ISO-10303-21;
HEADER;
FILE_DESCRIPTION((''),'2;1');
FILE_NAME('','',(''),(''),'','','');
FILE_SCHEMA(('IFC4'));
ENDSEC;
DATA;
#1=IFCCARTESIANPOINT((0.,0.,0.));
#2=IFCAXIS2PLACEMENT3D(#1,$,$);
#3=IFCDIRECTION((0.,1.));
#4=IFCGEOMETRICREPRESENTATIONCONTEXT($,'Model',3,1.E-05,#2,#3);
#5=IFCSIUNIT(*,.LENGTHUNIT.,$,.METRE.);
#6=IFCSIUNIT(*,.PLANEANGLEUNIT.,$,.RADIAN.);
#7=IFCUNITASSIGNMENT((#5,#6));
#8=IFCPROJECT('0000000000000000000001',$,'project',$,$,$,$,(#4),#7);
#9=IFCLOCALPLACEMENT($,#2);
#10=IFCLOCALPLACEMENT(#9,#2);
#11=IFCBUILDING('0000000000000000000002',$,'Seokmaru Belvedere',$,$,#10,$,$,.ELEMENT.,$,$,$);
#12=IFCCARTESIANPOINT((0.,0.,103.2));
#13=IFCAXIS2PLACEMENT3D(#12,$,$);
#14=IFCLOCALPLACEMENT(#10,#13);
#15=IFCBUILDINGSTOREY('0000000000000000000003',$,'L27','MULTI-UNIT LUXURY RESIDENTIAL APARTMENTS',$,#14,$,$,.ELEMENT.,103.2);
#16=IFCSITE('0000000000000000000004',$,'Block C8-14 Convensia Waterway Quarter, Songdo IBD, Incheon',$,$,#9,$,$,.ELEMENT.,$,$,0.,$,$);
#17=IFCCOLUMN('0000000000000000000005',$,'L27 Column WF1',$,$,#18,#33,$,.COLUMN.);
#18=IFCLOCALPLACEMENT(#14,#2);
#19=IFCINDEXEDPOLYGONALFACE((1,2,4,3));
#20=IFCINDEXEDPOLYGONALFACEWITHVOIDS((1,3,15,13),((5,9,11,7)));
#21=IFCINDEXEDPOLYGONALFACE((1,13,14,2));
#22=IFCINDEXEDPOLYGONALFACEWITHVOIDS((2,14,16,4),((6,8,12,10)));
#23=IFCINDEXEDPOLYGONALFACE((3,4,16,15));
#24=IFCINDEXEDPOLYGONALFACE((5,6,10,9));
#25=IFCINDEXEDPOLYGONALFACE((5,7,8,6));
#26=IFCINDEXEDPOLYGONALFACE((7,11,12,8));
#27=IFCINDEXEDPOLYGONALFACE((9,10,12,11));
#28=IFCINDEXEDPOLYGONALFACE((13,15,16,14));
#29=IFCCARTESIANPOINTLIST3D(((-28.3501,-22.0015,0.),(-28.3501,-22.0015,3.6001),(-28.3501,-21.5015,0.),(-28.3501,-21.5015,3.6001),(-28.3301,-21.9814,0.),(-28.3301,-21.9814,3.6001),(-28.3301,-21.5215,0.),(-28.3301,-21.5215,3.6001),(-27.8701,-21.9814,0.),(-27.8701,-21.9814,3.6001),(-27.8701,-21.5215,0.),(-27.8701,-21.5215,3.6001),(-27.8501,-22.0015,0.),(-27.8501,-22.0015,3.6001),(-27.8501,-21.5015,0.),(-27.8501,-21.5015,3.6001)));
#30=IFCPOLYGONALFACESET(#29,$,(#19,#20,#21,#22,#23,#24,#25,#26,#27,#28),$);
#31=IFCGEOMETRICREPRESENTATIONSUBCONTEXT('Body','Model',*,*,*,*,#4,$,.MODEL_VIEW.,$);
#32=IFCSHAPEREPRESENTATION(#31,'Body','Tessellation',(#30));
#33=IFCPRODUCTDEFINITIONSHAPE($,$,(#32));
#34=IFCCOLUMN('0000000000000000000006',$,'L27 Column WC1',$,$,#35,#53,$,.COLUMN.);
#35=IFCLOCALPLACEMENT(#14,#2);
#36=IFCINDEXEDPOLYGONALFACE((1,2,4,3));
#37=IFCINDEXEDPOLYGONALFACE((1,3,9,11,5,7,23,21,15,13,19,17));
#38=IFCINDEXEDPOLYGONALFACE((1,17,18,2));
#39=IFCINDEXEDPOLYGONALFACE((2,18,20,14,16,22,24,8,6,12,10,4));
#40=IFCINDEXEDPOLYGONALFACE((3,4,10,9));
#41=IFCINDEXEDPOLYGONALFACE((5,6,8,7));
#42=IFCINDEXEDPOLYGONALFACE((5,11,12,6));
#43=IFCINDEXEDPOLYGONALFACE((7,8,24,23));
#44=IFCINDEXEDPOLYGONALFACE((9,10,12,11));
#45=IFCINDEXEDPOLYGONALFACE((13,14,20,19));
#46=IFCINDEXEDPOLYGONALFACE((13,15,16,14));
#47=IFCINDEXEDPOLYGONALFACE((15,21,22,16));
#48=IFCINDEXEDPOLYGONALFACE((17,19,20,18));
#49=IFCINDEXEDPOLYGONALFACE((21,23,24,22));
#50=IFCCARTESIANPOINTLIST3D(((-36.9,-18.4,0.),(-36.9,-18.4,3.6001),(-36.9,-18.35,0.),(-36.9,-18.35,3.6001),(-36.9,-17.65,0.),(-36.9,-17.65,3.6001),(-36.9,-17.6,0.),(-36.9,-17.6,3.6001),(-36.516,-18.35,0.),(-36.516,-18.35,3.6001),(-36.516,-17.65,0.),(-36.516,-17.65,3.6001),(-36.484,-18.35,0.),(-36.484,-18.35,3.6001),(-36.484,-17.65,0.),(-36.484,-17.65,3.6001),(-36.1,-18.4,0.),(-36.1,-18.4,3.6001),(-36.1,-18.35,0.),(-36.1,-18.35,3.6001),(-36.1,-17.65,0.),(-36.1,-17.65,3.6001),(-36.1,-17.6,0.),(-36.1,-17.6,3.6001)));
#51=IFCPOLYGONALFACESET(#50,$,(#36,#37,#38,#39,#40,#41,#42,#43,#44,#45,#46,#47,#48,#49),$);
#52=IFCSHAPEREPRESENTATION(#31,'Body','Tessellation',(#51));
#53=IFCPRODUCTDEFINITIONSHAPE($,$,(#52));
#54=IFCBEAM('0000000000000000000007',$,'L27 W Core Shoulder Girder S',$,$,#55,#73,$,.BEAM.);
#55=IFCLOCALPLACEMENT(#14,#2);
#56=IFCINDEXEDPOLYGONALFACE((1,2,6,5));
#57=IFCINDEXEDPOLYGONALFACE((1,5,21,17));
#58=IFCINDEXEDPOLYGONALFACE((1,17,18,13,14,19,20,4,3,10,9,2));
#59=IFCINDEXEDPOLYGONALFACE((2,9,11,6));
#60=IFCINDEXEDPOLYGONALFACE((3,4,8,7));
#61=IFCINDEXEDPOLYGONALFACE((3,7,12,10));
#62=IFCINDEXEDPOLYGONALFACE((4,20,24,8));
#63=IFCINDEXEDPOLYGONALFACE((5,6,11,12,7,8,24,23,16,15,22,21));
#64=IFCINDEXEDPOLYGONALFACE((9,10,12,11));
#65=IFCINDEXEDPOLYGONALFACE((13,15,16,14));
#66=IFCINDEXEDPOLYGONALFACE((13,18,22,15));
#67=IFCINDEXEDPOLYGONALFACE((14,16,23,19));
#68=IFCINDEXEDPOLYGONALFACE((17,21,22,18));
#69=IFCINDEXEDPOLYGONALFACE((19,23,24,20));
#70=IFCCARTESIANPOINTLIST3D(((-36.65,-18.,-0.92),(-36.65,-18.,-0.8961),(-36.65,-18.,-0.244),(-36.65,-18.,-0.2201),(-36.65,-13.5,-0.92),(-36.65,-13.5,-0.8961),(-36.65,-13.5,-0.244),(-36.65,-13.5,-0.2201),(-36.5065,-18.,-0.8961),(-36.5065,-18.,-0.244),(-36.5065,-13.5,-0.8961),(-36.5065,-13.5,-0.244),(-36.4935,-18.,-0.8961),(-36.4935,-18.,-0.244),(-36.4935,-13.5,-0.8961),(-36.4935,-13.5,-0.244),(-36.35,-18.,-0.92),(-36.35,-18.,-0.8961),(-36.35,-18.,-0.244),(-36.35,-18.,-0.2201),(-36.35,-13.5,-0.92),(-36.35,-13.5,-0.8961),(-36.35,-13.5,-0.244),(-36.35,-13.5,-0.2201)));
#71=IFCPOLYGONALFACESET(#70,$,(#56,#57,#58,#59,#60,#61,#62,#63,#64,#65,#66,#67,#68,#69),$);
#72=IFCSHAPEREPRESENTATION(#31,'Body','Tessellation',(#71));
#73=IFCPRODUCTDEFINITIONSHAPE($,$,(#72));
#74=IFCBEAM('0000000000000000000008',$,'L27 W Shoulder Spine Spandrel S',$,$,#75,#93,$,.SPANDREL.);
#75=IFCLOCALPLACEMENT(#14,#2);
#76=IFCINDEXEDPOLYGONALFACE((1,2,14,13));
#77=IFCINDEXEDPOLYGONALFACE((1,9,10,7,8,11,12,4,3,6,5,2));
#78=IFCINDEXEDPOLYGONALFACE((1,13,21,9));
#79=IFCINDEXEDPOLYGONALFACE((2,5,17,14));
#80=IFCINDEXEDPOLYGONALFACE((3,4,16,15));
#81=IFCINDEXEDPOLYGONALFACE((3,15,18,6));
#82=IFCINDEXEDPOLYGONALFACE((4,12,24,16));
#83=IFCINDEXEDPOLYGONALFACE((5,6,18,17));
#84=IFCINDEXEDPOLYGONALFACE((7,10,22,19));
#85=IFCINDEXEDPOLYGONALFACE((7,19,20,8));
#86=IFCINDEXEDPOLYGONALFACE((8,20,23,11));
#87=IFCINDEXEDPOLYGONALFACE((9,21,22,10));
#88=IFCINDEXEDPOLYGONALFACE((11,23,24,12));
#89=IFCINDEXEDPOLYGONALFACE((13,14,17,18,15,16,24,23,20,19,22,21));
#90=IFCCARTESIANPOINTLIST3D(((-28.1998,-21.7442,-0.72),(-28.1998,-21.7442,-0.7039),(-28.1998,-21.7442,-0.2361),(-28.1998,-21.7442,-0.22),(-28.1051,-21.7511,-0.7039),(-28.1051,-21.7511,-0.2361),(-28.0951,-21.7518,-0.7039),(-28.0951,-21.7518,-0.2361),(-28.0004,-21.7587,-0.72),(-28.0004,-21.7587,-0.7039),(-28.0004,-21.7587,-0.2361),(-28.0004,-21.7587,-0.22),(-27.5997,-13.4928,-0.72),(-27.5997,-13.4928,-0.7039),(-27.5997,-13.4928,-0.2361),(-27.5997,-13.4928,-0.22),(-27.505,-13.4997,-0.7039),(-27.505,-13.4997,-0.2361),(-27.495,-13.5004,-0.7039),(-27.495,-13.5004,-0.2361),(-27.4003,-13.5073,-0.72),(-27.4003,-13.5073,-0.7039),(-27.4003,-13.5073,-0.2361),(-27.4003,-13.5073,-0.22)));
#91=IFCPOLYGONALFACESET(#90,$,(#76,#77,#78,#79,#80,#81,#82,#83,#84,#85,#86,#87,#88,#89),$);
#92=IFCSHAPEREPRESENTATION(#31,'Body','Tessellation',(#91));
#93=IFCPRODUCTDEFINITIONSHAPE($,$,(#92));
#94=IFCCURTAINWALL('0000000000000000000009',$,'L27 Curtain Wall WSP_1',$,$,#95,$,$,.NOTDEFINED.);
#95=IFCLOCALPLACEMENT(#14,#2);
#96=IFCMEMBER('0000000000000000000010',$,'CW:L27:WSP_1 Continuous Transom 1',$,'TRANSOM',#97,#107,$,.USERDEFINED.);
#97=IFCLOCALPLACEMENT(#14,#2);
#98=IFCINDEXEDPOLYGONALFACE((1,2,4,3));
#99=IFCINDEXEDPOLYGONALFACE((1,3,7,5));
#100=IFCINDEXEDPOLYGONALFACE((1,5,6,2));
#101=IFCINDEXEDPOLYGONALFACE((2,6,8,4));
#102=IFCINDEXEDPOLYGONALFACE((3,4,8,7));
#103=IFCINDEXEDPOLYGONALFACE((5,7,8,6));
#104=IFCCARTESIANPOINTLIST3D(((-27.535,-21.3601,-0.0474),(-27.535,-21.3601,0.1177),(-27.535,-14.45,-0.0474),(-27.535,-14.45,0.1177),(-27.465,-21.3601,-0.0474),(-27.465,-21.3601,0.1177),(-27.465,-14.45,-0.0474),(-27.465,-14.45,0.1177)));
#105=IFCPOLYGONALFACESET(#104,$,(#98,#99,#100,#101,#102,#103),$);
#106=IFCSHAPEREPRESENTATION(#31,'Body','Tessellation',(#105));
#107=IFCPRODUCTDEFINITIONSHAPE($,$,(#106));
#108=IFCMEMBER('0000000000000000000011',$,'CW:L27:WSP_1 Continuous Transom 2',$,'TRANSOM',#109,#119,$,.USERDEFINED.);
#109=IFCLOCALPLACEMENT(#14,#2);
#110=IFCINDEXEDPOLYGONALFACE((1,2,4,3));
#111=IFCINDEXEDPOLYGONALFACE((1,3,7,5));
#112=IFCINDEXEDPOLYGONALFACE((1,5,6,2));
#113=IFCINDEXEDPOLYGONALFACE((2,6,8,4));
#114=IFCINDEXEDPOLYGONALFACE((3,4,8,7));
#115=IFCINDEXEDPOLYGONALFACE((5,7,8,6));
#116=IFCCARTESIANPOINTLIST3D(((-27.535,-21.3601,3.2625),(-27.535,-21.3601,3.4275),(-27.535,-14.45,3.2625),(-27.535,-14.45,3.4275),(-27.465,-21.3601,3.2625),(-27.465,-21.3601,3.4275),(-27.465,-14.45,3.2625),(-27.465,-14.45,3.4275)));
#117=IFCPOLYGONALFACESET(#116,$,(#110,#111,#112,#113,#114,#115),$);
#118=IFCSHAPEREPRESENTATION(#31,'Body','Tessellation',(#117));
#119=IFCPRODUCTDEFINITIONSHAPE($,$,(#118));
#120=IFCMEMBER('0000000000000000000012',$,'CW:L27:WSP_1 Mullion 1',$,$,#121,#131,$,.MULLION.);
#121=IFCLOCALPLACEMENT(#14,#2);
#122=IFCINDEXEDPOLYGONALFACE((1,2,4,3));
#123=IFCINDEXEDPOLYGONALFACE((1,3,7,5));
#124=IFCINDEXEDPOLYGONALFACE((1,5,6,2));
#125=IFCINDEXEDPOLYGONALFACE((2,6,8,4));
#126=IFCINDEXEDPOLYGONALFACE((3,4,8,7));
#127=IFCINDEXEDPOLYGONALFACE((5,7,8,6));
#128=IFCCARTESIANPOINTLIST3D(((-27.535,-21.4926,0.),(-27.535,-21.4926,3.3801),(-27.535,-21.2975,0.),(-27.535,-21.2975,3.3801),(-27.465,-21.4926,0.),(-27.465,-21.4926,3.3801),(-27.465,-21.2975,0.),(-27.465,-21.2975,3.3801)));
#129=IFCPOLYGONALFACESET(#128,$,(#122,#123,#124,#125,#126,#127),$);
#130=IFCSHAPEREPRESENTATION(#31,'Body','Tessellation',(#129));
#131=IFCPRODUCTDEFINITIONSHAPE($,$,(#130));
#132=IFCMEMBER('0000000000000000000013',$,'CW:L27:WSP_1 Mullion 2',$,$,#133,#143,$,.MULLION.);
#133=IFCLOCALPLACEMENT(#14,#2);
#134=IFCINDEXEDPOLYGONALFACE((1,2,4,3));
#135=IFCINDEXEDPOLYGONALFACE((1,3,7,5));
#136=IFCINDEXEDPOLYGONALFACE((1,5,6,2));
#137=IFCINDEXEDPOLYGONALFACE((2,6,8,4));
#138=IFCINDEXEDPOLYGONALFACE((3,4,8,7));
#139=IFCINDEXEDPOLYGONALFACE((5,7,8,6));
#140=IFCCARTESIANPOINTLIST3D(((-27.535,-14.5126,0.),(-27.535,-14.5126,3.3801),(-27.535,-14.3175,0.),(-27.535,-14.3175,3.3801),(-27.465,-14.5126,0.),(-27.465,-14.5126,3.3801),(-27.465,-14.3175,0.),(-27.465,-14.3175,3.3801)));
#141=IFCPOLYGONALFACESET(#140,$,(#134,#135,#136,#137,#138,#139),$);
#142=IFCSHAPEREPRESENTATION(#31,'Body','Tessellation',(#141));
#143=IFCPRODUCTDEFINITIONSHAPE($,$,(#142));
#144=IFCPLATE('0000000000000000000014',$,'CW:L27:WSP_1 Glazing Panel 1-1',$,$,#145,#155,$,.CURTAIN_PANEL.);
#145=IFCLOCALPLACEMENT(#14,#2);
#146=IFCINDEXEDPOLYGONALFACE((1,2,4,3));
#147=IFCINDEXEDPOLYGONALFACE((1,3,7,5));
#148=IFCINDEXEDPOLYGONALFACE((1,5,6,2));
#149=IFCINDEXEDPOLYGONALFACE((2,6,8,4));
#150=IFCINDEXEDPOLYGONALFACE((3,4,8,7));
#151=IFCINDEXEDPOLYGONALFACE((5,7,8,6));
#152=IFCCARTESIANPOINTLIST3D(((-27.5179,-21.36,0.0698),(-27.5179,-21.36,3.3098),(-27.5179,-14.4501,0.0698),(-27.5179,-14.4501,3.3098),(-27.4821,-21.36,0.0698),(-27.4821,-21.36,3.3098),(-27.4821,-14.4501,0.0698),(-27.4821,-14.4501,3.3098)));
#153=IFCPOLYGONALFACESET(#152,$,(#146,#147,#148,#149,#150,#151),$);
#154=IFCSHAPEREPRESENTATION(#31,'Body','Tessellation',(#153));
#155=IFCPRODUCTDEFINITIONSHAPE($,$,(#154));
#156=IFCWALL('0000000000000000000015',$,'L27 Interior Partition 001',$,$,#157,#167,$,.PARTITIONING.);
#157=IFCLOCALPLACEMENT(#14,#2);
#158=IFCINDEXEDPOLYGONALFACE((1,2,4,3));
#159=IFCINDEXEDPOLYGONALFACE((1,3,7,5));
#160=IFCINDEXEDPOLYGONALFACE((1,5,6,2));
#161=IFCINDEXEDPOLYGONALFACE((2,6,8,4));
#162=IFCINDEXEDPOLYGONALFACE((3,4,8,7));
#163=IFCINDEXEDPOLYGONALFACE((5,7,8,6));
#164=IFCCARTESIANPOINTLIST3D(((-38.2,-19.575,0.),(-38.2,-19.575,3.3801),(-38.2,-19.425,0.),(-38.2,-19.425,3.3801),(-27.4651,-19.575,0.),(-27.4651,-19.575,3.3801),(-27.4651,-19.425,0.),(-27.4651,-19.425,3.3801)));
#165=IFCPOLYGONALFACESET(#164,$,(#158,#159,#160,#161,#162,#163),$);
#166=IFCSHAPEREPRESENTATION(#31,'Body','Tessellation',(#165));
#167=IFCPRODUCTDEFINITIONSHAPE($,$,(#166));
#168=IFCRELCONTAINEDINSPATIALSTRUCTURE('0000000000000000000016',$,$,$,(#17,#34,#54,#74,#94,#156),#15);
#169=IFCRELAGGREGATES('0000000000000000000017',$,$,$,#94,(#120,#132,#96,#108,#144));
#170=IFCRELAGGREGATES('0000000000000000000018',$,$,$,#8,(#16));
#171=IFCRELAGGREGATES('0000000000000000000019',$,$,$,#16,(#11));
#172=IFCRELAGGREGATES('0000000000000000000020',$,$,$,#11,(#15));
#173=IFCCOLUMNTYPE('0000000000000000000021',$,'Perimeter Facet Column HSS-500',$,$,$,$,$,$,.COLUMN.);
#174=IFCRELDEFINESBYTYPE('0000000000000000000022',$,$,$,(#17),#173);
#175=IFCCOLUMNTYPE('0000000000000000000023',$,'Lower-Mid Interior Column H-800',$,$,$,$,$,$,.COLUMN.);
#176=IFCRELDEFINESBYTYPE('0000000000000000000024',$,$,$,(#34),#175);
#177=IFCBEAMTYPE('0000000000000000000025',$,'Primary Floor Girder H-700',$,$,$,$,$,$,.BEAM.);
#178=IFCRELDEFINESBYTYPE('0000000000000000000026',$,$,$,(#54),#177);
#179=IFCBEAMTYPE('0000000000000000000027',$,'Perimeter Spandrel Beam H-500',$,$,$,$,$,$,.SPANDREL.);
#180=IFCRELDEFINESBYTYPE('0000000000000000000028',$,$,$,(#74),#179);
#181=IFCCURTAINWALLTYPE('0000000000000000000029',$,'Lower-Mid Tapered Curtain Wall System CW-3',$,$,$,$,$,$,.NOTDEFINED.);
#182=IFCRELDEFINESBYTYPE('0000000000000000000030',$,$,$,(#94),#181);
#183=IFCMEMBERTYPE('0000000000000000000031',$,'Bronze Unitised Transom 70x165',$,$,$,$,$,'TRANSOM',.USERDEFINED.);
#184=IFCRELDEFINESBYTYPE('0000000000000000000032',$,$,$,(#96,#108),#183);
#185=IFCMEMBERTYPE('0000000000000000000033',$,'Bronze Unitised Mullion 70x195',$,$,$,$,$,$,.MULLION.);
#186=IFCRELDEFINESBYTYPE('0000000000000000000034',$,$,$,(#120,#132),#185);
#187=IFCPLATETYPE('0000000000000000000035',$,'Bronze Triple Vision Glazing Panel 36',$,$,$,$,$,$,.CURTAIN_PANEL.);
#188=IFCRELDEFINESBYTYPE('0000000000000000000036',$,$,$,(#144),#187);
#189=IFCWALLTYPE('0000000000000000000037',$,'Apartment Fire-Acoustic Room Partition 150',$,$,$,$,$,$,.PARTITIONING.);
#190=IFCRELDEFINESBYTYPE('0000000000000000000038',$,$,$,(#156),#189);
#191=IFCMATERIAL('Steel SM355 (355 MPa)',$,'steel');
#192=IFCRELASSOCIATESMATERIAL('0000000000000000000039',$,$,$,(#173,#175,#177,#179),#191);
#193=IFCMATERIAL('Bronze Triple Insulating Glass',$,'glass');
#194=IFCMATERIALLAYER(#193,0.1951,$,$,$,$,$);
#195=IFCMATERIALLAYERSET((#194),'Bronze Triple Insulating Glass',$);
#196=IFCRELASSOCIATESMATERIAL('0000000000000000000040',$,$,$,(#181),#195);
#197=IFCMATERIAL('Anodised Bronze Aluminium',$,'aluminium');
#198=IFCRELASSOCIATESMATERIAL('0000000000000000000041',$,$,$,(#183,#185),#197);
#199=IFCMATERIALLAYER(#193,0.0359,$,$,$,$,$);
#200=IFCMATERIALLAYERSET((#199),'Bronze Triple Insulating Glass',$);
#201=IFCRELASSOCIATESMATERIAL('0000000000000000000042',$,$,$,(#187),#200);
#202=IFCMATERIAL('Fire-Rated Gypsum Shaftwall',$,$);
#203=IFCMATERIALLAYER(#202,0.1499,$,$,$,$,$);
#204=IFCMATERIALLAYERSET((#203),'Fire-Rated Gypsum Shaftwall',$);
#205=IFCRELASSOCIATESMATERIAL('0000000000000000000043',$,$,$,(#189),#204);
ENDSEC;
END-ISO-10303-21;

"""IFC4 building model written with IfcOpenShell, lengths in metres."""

from ifc_helpers import new_model, si_unit, direction, frame, frame_2d, origin, origin_2d, place, context, subcontext, project, spatial, rectangle, hollow_rectangle, i_section, extrude, source, transform, mapped, material, layer, layer_set, material_profile, profile_set, type_object, type_shapes, element, aggregate, save


model = new_model("IFC4")

# Units and contexts
model_context = context("Model", 3, precision=1e-05, world=origin(), true_north=direction((0.0, 1.0)))
body_context = subcontext(model_context, "Body", "Model", "MODEL_VIEW")
ifc_project = project(units=[si_unit("LENGTHUNIT", "METRE"), si_unit("PLANEANGLEUNIT", "RADIAN")], contexts=[model_context])

# Site, building, storey
site_placement = place(None, origin())
site = spatial("IfcSite", under=ifc_project, at=site_placement, Name="Block C8-14 Convensia Waterway Quarter, Songdo IBD, Incheon", CompositionType="ELEMENT", RefElevation=0.0)
building_placement = place(site_placement, origin())
building = spatial("IfcBuilding", under=site, at=building_placement, Name="Seokmaru Belvedere", CompositionType="ELEMENT")
storey_placement = place(building_placement, frame((0.0, 0.0, 103.2)))
storey = spatial("IfcBuildingStorey", under=building, at=storey_placement, Name="L27", Description="MULTI-UNIT LUXURY RESIDENTIAL APARTMENTS", CompositionType="ELEMENT", Elevation=103.2)

# Columns
ifc_material_1 = material(Name="Steel SM355 (355 MPa)", Category="steel")
ifc_material_profile_1 = material_profile(ifc_material_1, hollow_rectangle(XDim=0.5, YDim=0.5, WallThickness=0.02, at=origin_2d()), Name="HSS-500x500x20")
ifc_profile_set_1 = profile_set([ifc_material_profile_1], Name="Steel SM355 (355 MPa)")
column_type_1 = type_object("IfcColumnType", Name="Perimeter Facet Column HSS-500", PredefinedType="COLUMN", material=ifc_profile_set_1)
shared_shape_1 = source(origin(), body_context, "Body", "SweptSolid", [
    extrude(hollow_rectangle(XDim=0.5, YDim=0.5, WallThickness=0.02, at=origin_2d()), origin(), (0.0, 0.0, 1.0), 3.6001),
])
type_shapes(column_type_1, [shared_shape_1])
column_1_placement = place(storey_placement, frame((-28.1001, -21.7515, 0.0), z_axis=(0.0, 0.0, 1.0), x_axis=(1.0, 0.0, 0.0)))
element("IfcColumn", 1, at=column_1_placement, inside=storey, type_object=column_type_1, Name="L27 Column WF1", PredefinedType="COLUMN", context=body_context, shape_type="MappedRepresentation", body=[
    mapped(shared_shape_1, transform((0.0, 0.0, 0.0), scale=1.0)),
])
ifc_material_profile_2 = material_profile(ifc_material_1, i_section(OverallWidth=0.8, OverallDepth=0.8, WebThickness=0.032, FlangeThickness=0.05, at=origin_2d()), Name="H-800x800x32x50")
ifc_profile_set_2 = profile_set([ifc_material_profile_2], Name="Steel SM355 (355 MPa)")
column_type_2 = type_object("IfcColumnType", Name="Lower-Mid Interior Column H-800", PredefinedType="COLUMN", material=ifc_profile_set_2)
shared_shape_2 = source(origin(), body_context, "Body", "SweptSolid", [
    extrude(i_section(OverallWidth=0.8, OverallDepth=0.8, WebThickness=0.032, FlangeThickness=0.05, at=origin_2d()), origin(), (0.0, 0.0, 1.0), 3.6001),
])
type_shapes(column_type_2, [shared_shape_2])
column_2_placement = place(storey_placement, frame((-36.5, -18.0, 0.0), z_axis=(0.0, 0.0, 1.0), x_axis=(1.0, 0.0, 0.0)))
element("IfcColumn", 2, at=column_2_placement, inside=storey, type_object=column_type_2, Name="L27 Column WC1", PredefinedType="COLUMN", context=body_context, shape_type="MappedRepresentation", body=[
    mapped(shared_shape_2, transform((0.0, 0.0, 0.0), scale=1.0)),
])

# Beams
ifc_material_profile_3 = material_profile(ifc_material_1, i_section(OverallWidth=0.3, OverallDepth=0.7, WebThickness=0.0129, FlangeThickness=0.0239, at=origin_2d()), Name="H-700x300x13x24")
ifc_profile_set_3 = profile_set([ifc_material_profile_3], Name="Steel SM355 (355 MPa)")
beam_type_1 = type_object("IfcBeamType", Name="Primary Floor Girder H-700", PredefinedType="BEAM", material=ifc_profile_set_3)
shared_shape_3 = source(origin(), body_context, "Body", "SweptSolid", [
    extrude(i_section(OverallWidth=0.3, OverallDepth=0.7, WebThickness=0.0129, FlangeThickness=0.0239, at=origin_2d()), origin(), (0.0, 0.0, 1.0), 4.5),
])
type_shapes(beam_type_1, [shared_shape_3])
beam_1_placement = place(storey_placement, frame((-36.5, -18.0, -0.5701), z_axis=(0.0, 1.0, 0.0), x_axis=(-1.0, 0.0, 0.0)))
element("IfcBeam", 3, at=beam_1_placement, inside=storey, type_object=beam_type_1, Name="L27 W Core Shoulder Girder S", PredefinedType="BEAM", context=body_context, shape_type="MappedRepresentation", body=[
    mapped(shared_shape_3, transform((0.0, 0.0, 0.0), scale=1.0)),
])
ifc_material_profile_4 = material_profile(ifc_material_1, i_section(OverallWidth=0.2, OverallDepth=0.5, WebThickness=0.01, FlangeThickness=0.0161, at=origin_2d()), Name="H-500x200x10x16")
ifc_profile_set_4 = profile_set([ifc_material_profile_4], Name="Steel SM355 (355 MPa)")
beam_type_2 = type_object("IfcBeamType", Name="Perimeter Spandrel Beam H-500", PredefinedType="SPANDREL", material=ifc_profile_set_4)
shared_shape_4 = source(origin(), body_context, "Body", "SweptSolid", [
    extrude(i_section(OverallWidth=0.2, OverallDepth=0.5, WebThickness=0.01, FlangeThickness=0.0161, at=origin_2d()), origin(), (0.0, 0.0, 1.0), 8.2732),
])
type_shapes(beam_type_2, [shared_shape_4])
beam_2_placement = place(storey_placement, frame((-28.1001, -21.7515, -0.47), z_axis=(0.072535, 0.997366, 0.0), x_axis=(-0.997366, 0.072535, 0.0)))
element("IfcBeam", 4, at=beam_2_placement, inside=storey, type_object=beam_type_2, Name="L27 W Shoulder Spine Spandrel S", PredefinedType="SPANDREL", context=body_context, shape_type="MappedRepresentation", body=[
    mapped(shared_shape_4, transform((0.0, 0.0, 0.0), scale=1.0)),
])

# Curtain wall, members, plate
ifc_material_2 = material(Name="Bronze Triple Insulating Glass", Category="glass")
ifc_layer_1 = layer(ifc_material_2, 0.1951)
ifc_layer_set_1 = layer_set([ifc_layer_1], Name="Bronze Triple Insulating Glass")
curtain_wall_type = type_object("IfcCurtainWallType", Name="Lower-Mid Tapered Curtain Wall System CW-3", PredefinedType="NOTDEFINED", material=ifc_layer_set_1)
curtain_wall_placement = place(storey_placement, origin())
curtain_wall = element("IfcCurtainWall", 5, at=curtain_wall_placement, inside=storey, type_object=curtain_wall_type, Name="L27 Curtain Wall WSP_1", PredefinedType="NOTDEFINED")
ifc_material_3 = material(Name="Anodised Bronze Aluminium", Category="aluminium")
ifc_material_profile_5 = material_profile(ifc_material_3, rectangle(XDim=0.0701, YDim=0.165, at=origin_2d()), Name="CW-T-70x165")
ifc_profile_set_5 = profile_set([ifc_material_profile_5], Name="Anodised Bronze Aluminium")
member_type_1 = type_object("IfcMemberType", Name="Bronze Unitised Transom 70x165", ElementType="TRANSOM", PredefinedType="USERDEFINED", material=ifc_profile_set_5)
shared_shape_5 = source(origin(), body_context, "Body", "SweptSolid", [
    extrude(rectangle(XDim=0.0701, YDim=0.165, at=origin_2d()), origin(), (0.0, 0.0, 1.0), 6.9102),
])
type_shapes(member_type_1, [shared_shape_5])
member_1_placement = place(storey_placement, frame((-27.5, -21.3601, 0.0352), z_axis=(0.0, 1.0, 0.0), x_axis=(-1.0, 0.0, 0.0)))
member_1 = element("IfcMember", 6, at=member_1_placement, type_object=member_type_1, Name="CW:L27:WSP_1 Continuous Transom 1", ObjectType="TRANSOM", PredefinedType="USERDEFINED", context=body_context, shape_type="MappedRepresentation", body=[
    mapped(shared_shape_5, transform((0.0, 0.0, 0.0), scale=1.0)),
])
member_2_placement = place(storey_placement, frame((-27.5, -21.3601, 3.345), z_axis=(0.0, 1.0, 0.0), x_axis=(-1.0, 0.0, 0.0)))
member_2 = element("IfcMember", 7, at=member_2_placement, type_object=member_type_1, Name="CW:L27:WSP_1 Continuous Transom 2", ObjectType="TRANSOM", PredefinedType="USERDEFINED", context=body_context, shape_type="MappedRepresentation", body=[
    mapped(shared_shape_5, transform((0.0, 0.0, 0.0), scale=1.0)),
])
ifc_material_profile_6 = material_profile(ifc_material_3, rectangle(XDim=0.0701, YDim=0.1951, at=origin_2d()), Name="CW-M-70x195")
ifc_profile_set_6 = profile_set([ifc_material_profile_6], Name="Anodised Bronze Aluminium")
member_type_2 = type_object("IfcMemberType", Name="Bronze Unitised Mullion 70x195", PredefinedType="MULLION", material=ifc_profile_set_6)
shared_shape_6 = source(origin(), body_context, "Body", "SweptSolid", [
    extrude(rectangle(XDim=0.0701, YDim=0.1951, at=origin_2d()), origin(), (0.0, 0.0, 1.0), 3.3801),
])
type_shapes(member_type_2, [shared_shape_6])
member_3_placement = place(storey_placement, frame((-27.5, -21.395, 0.0), z_axis=(0.0, 0.0, 1.0), x_axis=(-1.0, 0.0, 0.0)))
member_3 = element("IfcMember", 8, at=member_3_placement, type_object=member_type_2, Name="CW:L27:WSP_1 Mullion 1", PredefinedType="MULLION", context=body_context, shape_type="MappedRepresentation", body=[
    mapped(shared_shape_6, transform((0.0, 0.0, 0.0), scale=1.0)),
])
member_4_placement = place(storey_placement, frame((-27.5, -14.415, 0.0), z_axis=(0.0, 0.0, 1.0), x_axis=(-1.0, 0.0, 0.0)))
member_4 = element("IfcMember", 9, at=member_4_placement, type_object=member_type_2, Name="CW:L27:WSP_1 Mullion 2", PredefinedType="MULLION", context=body_context, shape_type="MappedRepresentation", body=[
    mapped(shared_shape_6, transform((0.0, 0.0, 0.0), scale=1.0)),
])
ifc_layer_2 = layer(ifc_material_2, 0.0359)
ifc_layer_set_2 = layer_set([ifc_layer_2], Name="Bronze Triple Insulating Glass")
plate_type = type_object("IfcPlateType", Name="Bronze Triple Vision Glazing Panel 36", PredefinedType="CURTAIN_PANEL", material=ifc_layer_set_2)
shared_shape_7 = source(origin(), body_context, "Body", "SweptSolid", [
    extrude(rectangle(XDim=6.9099, YDim=0.0359, at=origin_2d()), origin(), (0.0, 0.0, 1.0), 3.24),
])
type_shapes(plate_type, [shared_shape_7])
plate_placement = place(storey_placement, frame((-27.5, -17.905, 0.0698), z_axis=(0.0, 0.0, 1.0), x_axis=(0.0, 1.0, 0.0)))
plate = element("IfcPlate", 10, at=plate_placement, type_object=plate_type, Name="CW:L27:WSP_1 Glazing Panel 1-1", PredefinedType="CURTAIN_PANEL", context=body_context, shape_type="MappedRepresentation", body=[
    mapped(shared_shape_7, transform((0.0, 0.0, 0.0), scale=1.0)),
])
aggregate(curtain_wall, [member_3, member_4, member_1, member_2, plate])

# Wall
ifc_material_4 = material(Name="Fire-Rated Gypsum Shaftwall")
ifc_layer_3 = layer(ifc_material_4, 0.1499)
ifc_layer_set_3 = layer_set([ifc_layer_3], Name="Fire-Rated Gypsum Shaftwall")
wall_type_1 = type_object("IfcWallType", Name="Apartment Fire-Acoustic Room Partition 150", PredefinedType="PARTITIONING", material=ifc_layer_set_3)
wall_1_placement = place(storey_placement, frame((-38.2, -19.5, 0.0), z_axis=(0.0, 0.0, 1.0), x_axis=(1.0, 0.0, 0.0)))
element("IfcWall", 11, at=wall_1_placement, inside=storey, type_object=wall_type_1, Name="L27 Interior Partition 001", PredefinedType="PARTITIONING", context=body_context, shape_type="SweptSolid", body=[
    extrude(rectangle(XDim=10.7349, YDim=0.1499, at=frame_2d((5.3674, 0.0))), origin(), (0.0, 0.0, 1.0), 3.3801),
])

save(model, "model.ifc")
